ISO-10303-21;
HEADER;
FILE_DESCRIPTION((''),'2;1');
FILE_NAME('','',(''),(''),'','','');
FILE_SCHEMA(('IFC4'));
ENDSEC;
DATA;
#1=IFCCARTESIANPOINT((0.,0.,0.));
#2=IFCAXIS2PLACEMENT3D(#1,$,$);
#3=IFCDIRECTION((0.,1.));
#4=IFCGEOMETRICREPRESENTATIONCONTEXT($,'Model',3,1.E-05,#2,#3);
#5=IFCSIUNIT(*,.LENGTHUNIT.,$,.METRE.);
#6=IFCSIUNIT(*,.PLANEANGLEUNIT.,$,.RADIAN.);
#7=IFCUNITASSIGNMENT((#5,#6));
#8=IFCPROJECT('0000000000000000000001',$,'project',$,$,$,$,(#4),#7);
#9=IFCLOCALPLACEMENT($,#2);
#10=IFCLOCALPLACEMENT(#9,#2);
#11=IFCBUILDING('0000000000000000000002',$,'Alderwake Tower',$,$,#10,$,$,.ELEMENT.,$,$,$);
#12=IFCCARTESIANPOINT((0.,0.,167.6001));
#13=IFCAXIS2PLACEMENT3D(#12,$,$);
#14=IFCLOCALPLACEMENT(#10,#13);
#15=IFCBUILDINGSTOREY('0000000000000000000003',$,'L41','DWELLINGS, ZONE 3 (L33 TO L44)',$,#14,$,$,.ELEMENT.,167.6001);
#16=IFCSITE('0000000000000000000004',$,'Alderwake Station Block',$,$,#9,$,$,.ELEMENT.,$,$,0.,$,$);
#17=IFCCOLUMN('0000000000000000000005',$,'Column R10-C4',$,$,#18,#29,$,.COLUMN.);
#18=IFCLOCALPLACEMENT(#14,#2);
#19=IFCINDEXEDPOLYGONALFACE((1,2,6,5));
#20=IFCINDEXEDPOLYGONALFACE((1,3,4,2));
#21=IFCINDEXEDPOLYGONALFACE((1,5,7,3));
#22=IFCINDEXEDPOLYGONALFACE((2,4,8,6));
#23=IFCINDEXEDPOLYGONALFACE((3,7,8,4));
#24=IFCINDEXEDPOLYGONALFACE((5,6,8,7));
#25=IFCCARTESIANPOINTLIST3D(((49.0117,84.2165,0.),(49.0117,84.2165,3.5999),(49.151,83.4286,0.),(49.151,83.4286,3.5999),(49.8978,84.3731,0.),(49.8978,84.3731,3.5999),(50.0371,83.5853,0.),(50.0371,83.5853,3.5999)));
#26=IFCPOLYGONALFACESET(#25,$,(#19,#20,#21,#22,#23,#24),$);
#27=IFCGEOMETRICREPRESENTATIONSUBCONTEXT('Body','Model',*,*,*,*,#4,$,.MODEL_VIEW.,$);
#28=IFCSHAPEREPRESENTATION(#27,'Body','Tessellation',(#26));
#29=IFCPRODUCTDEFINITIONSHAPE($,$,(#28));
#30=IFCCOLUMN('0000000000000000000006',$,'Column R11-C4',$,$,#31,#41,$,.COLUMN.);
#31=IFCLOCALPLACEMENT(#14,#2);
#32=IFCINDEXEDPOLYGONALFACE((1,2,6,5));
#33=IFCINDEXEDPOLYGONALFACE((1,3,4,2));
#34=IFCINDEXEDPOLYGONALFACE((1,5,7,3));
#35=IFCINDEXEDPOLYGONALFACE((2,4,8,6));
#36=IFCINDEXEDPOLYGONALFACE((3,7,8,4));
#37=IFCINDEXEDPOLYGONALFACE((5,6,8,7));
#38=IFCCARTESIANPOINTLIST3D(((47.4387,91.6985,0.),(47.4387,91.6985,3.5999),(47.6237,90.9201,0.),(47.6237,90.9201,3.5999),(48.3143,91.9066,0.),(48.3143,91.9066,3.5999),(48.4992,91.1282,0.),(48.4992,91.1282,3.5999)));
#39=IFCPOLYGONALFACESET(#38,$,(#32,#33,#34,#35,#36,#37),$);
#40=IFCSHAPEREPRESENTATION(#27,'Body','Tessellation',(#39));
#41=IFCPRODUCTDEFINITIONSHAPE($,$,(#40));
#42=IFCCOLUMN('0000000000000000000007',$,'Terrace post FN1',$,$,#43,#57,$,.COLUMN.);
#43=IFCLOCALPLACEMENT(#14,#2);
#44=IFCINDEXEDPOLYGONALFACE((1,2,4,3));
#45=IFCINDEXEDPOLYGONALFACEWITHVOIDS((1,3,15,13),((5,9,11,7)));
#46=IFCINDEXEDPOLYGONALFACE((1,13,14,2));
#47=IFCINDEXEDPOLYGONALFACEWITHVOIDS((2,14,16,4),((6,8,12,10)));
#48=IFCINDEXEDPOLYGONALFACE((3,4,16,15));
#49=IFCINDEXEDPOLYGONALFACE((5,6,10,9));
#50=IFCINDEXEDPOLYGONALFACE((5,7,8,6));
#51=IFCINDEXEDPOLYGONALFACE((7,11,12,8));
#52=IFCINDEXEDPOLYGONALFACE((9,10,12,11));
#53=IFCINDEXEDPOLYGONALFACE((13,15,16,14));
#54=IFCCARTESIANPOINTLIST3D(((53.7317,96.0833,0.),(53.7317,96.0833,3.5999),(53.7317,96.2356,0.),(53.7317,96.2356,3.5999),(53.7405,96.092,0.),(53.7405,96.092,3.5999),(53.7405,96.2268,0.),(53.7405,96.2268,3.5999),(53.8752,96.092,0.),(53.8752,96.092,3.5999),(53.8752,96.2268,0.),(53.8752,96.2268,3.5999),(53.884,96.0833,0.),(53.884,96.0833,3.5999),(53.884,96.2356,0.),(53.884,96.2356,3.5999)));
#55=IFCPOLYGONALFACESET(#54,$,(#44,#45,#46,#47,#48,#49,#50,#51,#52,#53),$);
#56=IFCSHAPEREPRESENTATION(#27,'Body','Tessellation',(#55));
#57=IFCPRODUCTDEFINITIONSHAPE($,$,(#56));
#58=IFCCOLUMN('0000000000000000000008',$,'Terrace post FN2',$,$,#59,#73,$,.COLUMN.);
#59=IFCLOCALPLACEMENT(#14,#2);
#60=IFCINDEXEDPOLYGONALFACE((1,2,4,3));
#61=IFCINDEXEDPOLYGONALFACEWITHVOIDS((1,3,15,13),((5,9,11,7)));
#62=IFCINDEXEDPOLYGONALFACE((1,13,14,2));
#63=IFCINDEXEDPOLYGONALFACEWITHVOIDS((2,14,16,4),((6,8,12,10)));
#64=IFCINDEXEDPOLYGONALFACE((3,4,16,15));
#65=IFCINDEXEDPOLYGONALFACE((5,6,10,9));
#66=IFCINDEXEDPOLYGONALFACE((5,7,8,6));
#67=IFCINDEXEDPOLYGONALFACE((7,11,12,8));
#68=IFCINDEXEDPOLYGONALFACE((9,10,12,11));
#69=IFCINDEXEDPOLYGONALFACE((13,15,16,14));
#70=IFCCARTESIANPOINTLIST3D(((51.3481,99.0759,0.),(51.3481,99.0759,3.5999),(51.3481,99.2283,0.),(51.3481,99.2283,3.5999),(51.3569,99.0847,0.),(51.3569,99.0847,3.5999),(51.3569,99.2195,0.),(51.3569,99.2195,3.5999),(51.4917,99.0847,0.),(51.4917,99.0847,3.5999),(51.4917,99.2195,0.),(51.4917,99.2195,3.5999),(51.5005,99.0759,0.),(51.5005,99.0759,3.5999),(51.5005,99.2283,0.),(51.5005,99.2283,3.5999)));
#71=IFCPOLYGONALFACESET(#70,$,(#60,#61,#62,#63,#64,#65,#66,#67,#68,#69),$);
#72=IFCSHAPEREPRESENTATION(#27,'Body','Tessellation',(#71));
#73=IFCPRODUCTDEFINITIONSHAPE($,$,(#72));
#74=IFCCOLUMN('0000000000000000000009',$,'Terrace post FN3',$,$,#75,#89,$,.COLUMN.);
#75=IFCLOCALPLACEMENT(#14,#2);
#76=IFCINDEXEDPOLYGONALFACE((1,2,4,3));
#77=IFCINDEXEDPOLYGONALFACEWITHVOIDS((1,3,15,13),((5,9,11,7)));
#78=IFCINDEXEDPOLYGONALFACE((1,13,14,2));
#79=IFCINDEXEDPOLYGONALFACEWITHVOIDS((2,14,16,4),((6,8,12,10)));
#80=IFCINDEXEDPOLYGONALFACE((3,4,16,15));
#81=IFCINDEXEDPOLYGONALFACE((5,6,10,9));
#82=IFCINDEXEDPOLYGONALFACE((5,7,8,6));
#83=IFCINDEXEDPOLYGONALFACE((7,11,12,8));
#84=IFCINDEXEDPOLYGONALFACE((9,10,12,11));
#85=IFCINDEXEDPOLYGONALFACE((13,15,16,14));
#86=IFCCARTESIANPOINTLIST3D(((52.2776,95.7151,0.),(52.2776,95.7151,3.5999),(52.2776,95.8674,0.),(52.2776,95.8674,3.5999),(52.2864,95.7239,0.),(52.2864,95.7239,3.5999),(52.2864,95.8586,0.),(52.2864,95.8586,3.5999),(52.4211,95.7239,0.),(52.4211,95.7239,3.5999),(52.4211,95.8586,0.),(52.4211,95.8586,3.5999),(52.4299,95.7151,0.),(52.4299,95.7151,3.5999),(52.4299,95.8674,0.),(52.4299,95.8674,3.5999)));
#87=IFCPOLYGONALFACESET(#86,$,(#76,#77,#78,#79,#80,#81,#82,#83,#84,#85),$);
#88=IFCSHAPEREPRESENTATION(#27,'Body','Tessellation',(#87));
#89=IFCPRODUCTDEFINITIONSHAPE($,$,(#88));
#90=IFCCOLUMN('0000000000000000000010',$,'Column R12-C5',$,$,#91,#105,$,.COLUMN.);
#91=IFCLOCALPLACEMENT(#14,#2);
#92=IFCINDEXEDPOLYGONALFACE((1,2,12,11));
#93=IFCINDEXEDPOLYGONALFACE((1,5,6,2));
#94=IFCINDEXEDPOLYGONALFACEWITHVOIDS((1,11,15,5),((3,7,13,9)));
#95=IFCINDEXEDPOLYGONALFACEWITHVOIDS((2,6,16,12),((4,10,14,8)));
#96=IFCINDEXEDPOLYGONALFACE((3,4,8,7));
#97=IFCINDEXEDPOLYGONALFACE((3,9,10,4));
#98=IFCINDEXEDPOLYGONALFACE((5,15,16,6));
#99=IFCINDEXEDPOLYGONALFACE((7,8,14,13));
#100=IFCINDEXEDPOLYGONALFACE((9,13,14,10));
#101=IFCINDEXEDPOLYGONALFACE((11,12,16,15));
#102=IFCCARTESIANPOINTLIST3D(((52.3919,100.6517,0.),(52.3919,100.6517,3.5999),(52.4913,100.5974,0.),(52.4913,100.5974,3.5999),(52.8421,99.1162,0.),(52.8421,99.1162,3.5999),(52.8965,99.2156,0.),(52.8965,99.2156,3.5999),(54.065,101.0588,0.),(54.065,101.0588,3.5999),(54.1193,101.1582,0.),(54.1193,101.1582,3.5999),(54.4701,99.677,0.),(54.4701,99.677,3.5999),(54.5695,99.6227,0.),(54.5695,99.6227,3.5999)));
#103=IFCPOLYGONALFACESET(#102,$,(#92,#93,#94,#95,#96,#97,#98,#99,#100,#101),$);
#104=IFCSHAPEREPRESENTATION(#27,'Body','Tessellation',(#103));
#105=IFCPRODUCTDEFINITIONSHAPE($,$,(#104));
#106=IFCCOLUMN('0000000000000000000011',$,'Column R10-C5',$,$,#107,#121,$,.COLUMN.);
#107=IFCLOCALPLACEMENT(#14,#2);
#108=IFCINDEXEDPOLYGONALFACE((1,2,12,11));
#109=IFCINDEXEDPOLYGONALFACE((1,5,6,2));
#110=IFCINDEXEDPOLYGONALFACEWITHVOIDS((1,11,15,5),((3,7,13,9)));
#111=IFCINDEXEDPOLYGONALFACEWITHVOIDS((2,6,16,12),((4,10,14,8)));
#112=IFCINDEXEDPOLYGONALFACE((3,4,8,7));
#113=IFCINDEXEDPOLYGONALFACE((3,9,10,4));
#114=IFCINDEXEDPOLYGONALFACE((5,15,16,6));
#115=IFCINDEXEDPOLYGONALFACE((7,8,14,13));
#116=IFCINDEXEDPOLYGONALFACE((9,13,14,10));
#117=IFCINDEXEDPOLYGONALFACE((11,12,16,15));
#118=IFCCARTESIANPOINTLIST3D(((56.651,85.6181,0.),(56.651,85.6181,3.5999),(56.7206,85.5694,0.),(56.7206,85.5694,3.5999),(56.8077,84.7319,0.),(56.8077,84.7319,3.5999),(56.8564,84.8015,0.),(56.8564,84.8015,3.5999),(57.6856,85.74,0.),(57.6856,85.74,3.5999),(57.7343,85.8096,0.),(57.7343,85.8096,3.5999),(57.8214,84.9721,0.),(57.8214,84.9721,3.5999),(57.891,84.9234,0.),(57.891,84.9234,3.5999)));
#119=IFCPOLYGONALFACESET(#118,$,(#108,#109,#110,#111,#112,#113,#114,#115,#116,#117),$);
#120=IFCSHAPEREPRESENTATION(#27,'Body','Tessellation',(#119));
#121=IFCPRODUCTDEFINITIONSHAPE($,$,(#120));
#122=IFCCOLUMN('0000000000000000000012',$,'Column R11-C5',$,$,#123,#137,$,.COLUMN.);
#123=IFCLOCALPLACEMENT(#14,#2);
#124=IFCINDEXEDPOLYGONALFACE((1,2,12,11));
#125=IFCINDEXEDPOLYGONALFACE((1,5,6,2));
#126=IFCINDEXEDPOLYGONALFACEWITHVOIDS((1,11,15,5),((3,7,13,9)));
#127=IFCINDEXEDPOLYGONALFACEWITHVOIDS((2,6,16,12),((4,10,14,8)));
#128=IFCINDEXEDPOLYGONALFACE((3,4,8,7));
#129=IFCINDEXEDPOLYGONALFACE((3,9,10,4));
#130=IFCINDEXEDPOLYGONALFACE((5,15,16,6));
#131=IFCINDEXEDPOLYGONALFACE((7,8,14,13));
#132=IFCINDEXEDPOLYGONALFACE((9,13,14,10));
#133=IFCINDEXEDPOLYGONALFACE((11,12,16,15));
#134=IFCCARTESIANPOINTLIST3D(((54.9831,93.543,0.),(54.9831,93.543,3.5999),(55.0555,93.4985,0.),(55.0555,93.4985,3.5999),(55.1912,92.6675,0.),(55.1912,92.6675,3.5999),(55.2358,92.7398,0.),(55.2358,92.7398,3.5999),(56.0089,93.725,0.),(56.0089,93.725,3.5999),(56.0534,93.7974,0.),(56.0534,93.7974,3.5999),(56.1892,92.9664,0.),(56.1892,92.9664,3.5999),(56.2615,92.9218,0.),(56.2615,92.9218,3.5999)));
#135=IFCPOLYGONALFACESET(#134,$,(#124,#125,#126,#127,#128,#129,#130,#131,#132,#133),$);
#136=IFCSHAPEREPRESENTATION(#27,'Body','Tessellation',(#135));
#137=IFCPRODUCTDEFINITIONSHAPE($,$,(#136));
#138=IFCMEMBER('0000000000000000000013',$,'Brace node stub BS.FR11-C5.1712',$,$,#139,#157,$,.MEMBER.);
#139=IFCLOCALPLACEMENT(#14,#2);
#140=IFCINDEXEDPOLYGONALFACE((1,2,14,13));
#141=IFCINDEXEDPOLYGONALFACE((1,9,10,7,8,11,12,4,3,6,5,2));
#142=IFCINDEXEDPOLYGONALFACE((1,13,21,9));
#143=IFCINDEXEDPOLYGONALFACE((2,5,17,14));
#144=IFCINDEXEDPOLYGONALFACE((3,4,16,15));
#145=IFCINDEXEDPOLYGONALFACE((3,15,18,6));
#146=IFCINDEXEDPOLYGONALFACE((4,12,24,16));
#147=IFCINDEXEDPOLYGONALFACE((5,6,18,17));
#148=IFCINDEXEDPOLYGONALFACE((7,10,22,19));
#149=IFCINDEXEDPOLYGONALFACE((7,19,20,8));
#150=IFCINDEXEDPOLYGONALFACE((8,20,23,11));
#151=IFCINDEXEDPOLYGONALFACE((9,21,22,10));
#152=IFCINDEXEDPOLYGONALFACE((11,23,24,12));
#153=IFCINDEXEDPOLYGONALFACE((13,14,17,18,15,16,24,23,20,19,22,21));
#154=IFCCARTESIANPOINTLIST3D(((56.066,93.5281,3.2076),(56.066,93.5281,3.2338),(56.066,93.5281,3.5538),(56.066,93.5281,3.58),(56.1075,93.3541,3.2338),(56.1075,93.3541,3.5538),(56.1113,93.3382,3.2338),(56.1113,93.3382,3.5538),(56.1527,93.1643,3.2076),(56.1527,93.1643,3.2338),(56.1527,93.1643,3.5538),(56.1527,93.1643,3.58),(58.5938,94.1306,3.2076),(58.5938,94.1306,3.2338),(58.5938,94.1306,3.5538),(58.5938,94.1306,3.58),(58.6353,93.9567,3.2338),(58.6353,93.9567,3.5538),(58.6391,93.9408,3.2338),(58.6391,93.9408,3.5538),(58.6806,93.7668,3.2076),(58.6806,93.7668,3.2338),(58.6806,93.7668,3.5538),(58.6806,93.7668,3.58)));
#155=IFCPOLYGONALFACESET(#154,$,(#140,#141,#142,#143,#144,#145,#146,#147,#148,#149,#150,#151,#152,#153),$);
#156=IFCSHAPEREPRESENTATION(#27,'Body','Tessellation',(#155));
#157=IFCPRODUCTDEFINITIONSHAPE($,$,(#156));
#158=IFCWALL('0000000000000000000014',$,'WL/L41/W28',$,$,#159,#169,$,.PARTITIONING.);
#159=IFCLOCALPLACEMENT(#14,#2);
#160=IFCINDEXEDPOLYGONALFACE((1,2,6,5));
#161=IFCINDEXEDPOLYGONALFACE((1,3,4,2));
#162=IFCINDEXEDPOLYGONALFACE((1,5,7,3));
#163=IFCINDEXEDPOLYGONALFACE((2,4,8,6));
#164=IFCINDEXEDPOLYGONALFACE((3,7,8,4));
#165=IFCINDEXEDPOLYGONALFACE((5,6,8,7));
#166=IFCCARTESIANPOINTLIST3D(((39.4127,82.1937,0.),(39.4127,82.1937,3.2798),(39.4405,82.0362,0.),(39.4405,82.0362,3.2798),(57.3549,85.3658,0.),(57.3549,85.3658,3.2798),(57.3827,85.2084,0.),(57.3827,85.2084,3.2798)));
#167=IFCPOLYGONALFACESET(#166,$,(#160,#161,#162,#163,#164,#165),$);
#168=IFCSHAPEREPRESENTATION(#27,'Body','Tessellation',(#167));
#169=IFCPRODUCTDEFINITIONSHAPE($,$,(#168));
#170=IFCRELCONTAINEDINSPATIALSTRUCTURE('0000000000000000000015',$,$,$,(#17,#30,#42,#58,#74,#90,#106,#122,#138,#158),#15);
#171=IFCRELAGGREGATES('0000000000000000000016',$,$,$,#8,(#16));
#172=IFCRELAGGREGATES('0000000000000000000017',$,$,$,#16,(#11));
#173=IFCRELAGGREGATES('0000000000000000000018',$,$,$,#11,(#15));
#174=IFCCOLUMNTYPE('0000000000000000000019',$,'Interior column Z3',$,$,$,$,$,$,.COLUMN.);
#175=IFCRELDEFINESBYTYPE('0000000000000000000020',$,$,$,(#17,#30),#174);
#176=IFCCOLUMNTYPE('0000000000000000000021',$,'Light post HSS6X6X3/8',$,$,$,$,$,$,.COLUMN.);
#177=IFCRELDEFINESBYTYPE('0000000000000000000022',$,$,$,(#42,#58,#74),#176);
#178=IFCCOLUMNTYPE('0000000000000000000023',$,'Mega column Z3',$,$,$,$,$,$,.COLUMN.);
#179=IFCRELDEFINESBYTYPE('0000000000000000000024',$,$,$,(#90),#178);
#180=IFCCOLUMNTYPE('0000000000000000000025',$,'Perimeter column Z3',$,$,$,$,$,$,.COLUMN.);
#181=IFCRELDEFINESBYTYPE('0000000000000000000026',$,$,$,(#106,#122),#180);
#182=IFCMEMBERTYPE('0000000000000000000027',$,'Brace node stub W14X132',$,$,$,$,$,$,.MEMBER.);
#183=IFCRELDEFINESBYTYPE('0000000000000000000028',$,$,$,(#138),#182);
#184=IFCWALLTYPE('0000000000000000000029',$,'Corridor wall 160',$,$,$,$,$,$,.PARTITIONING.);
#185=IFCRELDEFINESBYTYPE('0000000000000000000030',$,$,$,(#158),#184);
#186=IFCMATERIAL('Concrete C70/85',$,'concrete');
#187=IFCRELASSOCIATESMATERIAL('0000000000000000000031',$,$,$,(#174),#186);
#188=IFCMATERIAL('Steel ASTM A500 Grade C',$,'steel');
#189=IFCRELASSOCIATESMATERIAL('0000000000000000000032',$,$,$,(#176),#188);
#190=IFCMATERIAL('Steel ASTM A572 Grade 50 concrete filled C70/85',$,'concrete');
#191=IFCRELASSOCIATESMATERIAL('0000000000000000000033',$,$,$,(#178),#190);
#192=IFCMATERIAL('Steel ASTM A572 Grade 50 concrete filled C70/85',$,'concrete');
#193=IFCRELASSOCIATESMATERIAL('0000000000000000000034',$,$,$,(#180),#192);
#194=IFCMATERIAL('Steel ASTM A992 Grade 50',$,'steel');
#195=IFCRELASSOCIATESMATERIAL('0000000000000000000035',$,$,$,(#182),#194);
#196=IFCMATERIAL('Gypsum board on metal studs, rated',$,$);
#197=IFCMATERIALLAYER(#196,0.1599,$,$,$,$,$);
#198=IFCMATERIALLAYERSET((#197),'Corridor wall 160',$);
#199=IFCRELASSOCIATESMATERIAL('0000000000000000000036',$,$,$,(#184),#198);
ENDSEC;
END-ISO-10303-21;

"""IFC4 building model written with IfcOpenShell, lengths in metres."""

from ifc_helpers import new_model, si_unit, direction, frame, frame_2d, origin, origin_2d, place, context, subcontext, project, spatial, rectangle, hollow_rectangle, i_section, extrude, material, layer, layer_set, material_profile, profile_set, type_object, element, save


model = new_model("IFC4")

# Units and contexts
model_context = context("Model", 3, precision=1e-05, world=origin(), true_north=direction((0.0, 1.0)))
body_context = subcontext(model_context, "Body", "Model", "MODEL_VIEW")
ifc_project = project(units=[si_unit("LENGTHUNIT", "METRE"), si_unit("PLANEANGLEUNIT", "RADIAN")], contexts=[model_context])

# Site, building, storey
site_placement = place(None, origin())
site = spatial("IfcSite", under=ifc_project, at=site_placement, Name="Alderwake Station Block", CompositionType="ELEMENT", RefElevation=0.0)
building_placement = place(site_placement, origin())
building = spatial("IfcBuilding", under=site, at=building_placement, Name="Alderwake Tower", CompositionType="ELEMENT")
storey_placement = place(building_placement, frame((0.0, 0.0, 167.6001)))
storey = spatial("IfcBuildingStorey", under=building, at=storey_placement, Name="L41", Description="DWELLINGS, ZONE 3 (L33 TO L44)", CompositionType="ELEMENT", Elevation=167.6001)

# Columns
ifc_material_1 = material(Name="Concrete C70/85", Category="concrete")
ifc_material_profile_1 = material_profile(ifc_material_1, rectangle(XDim=0.8, YDim=0.8999, at=origin_2d()), Name="RC 900X800")
ifc_profile_set_1 = profile_set([ifc_material_profile_1], Name="Concrete C70/85")
column_type_1 = type_object("IfcColumnType", Name="Interior column Z3", PredefinedType="COLUMN", material=ifc_profile_set_1)
for number, where, z_axis, x_axis, name in (
    (1, (49.5244, 83.9009, 0.0), (0.0, 0.0, 1.0), (-0.174109, 0.984726, 0.0), "Column R10-C4"),
    (2, (47.969, 91.4133, 0.0), (0.0, 0.0, 1.0), (-0.231222, 0.972901, 0.0), "Column R11-C4"),
):
    element("IfcColumn", number, at=place(storey_placement, frame(where, z_axis=z_axis, x_axis=x_axis)), inside=storey, type_object=column_type_1, Name=name, PredefinedType="COLUMN", context=body_context, shape_type="SweptSolid", body=[
        extrude(rectangle(XDim=0.8, YDim=0.8999, at=origin_2d()), origin(), (0.0, 0.0, 1.0), 3.5999),
    ])
ifc_material_2 = material(Name="Steel ASTM A500 Grade C", Category="steel")
ifc_material_profile_2 = material_profile(ifc_material_2, hollow_rectangle(XDim=0.1523, YDim=0.1523, WallThickness=0.0088, at=origin_2d()), Name="HSS6X6X3/8")
ifc_profile_set_2 = profile_set([ifc_material_profile_2], Name="Steel ASTM A500 Grade C")
column_type_2 = type_object("IfcColumnType", Name="Light post HSS6X6X3/8", PredefinedType="COLUMN", material=ifc_profile_set_2)
for number, where, z_axis, x_axis, name in (
    (3, (53.8079, 96.1594, 0.0), (0.0, 0.0, 1.0), (1.0, 0.0, 0.0), "Terrace post FN1"),
    (4, (51.4243, 99.1521, 0.0), (0.0, 0.0, 1.0), (1.0, 0.0, 0.0), "Terrace post FN2"),
    (5, (52.3538, 95.7913, 0.0), (0.0, 0.0, 1.0), (1.0, 0.0, 0.0), "Terrace post FN3"),
):
    element("IfcColumn", number, at=place(storey_placement, frame(where, z_axis=z_axis, x_axis=x_axis)), inside=storey, type_object=column_type_2, Name=name, PredefinedType="COLUMN", context=body_context, shape_type="SweptSolid", body=[
        extrude(hollow_rectangle(XDim=0.1523, YDim=0.1523, WallThickness=0.0088, at=origin_2d()), origin(), (0.0, 0.0, 1.0), 3.5999),
    ])
ifc_material_3 = material(Name="Steel ASTM A572 Grade 50 concrete filled C70/85", Category="concrete")
ifc_material_profile_3 = material_profile(ifc_material_3, hollow_rectangle(XDim=1.6001, YDim=1.8, WallThickness=0.0801, at=origin_2d()), Name="BOX 1800X1600X80")
ifc_profile_set_3 = profile_set([ifc_material_profile_3], Name="Steel ASTM A572 Grade 50 concrete filled C70/85")
column_type_3 = type_object("IfcColumnType", Name="Mega column Z3", PredefinedType="COLUMN", material=ifc_profile_set_3)
column_placement = place(storey_placement, frame((53.4807, 100.1372, 0.0), z_axis=(0.0, 0.0, 1.0), x_axis=(-0.28136, 0.959602, 0.0)))
element("IfcColumn", 6, at=column_placement, inside=storey, type_object=column_type_3, Name="Column R12-C5", PredefinedType="COLUMN", context=body_context, shape_type="SweptSolid", body=[
    extrude(hollow_rectangle(XDim=1.6001, YDim=1.8, WallThickness=0.0801, at=origin_2d()), origin(), (0.0, 0.0, 1.0), 3.5999),
])
ifc_material_4 = material(Name="Steel ASTM A572 Grade 50 concrete filled C70/85", Category="concrete")
ifc_material_profile_4 = material_profile(ifc_material_4, hollow_rectangle(XDim=0.8999, YDim=1.1001, WallThickness=0.0601, at=origin_2d()), Name="BOX 1100X900X60")
ifc_profile_set_4 = profile_set([ifc_material_profile_4], Name="Steel ASTM A572 Grade 50 concrete filled C70/85")
column_type_4 = type_object("IfcColumnType", Name="Perimeter column Z3", PredefinedType="COLUMN", material=ifc_profile_set_4)
for number, where, z_axis, x_axis, name in (
    (7, (57.271, 85.2708, 0.0), (0.0, 0.0, 1.0), (-0.174109, 0.984726, 0.0), "Column R10-C5"),
    (8, (55.6223, 93.2324, 0.0), (0.0, 0.0, 1.0), (-0.231222, 0.972901, 0.0), "Column R11-C5"),
):
    element("IfcColumn", number, at=place(storey_placement, frame(where, z_axis=z_axis, x_axis=x_axis)), inside=storey, type_object=column_type_4, Name=name, PredefinedType="COLUMN", context=body_context, shape_type="SweptSolid", body=[
        extrude(hollow_rectangle(XDim=0.8999, YDim=1.1001, WallThickness=0.0601, at=origin_2d()), origin(), (0.0, 0.0, 1.0), 3.5999),
    ])

# Member
ifc_material_5 = material(Name="Steel ASTM A992 Grade 50", Category="steel")
ifc_material_profile_5 = material_profile(ifc_material_5, i_section(OverallWidth=0.374, OverallDepth=0.3723, WebThickness=0.0164, FlangeThickness=0.0261, at=origin_2d()), Name="W14X132")
ifc_profile_set_5 = profile_set([ifc_material_profile_5], Name="Steel ASTM A992 Grade 50")
member_type = type_object("IfcMemberType", Name="Brace node stub W14X132", PredefinedType="MEMBER", material=ifc_profile_set_5)
member_placement = place(storey_placement, frame((56.1094, 93.3462, 3.3938), z_axis=(0.972748, 0.231866, 0.0), x_axis=(-0.231866, 0.972748, 0.0)))
element("IfcMember", 9, at=member_placement, inside=storey, type_object=member_type, Name="Brace node stub BS.FR11-C5.1712", PredefinedType="MEMBER", context=body_context, shape_type="SweptSolid", body=[
    extrude(i_section(OverallWidth=0.374, OverallDepth=0.3723, WebThickness=0.0164, FlangeThickness=0.0261, at=origin_2d()), origin(), (0.0, 0.0, 1.0), 2.5986),
])

# Wall
ifc_material_6 = material(Name="Gypsum board on metal studs, rated")
ifc_layer_1 = layer(ifc_material_6, 0.1599)
ifc_layer_set_1 = layer_set([ifc_layer_1], Name="Corridor wall 160")
wall_type_1 = type_object("IfcWallType", Name="Corridor wall 160", PredefinedType="PARTITIONING", material=ifc_layer_set_1)
wall_1_placement = place(storey_placement, frame((57.3689, 85.2871, 0.0), z_axis=(0.0, 0.0, 1.0), x_axis=(-0.984728, -0.174097, 0.0)))
element("IfcWall", 10, at=wall_1_placement, inside=storey, type_object=wall_type_1, Name="WL/L41/W28", PredefinedType="PARTITIONING", context=body_context, shape_type="SweptSolid", body=[
    extrude(rectangle(XDim=18.2205, YDim=0.1599, at=frame_2d((9.1104, 0.0))), origin(), (0.0, 0.0, 1.0), 3.2798),
])

save(model, "model.ifc")
